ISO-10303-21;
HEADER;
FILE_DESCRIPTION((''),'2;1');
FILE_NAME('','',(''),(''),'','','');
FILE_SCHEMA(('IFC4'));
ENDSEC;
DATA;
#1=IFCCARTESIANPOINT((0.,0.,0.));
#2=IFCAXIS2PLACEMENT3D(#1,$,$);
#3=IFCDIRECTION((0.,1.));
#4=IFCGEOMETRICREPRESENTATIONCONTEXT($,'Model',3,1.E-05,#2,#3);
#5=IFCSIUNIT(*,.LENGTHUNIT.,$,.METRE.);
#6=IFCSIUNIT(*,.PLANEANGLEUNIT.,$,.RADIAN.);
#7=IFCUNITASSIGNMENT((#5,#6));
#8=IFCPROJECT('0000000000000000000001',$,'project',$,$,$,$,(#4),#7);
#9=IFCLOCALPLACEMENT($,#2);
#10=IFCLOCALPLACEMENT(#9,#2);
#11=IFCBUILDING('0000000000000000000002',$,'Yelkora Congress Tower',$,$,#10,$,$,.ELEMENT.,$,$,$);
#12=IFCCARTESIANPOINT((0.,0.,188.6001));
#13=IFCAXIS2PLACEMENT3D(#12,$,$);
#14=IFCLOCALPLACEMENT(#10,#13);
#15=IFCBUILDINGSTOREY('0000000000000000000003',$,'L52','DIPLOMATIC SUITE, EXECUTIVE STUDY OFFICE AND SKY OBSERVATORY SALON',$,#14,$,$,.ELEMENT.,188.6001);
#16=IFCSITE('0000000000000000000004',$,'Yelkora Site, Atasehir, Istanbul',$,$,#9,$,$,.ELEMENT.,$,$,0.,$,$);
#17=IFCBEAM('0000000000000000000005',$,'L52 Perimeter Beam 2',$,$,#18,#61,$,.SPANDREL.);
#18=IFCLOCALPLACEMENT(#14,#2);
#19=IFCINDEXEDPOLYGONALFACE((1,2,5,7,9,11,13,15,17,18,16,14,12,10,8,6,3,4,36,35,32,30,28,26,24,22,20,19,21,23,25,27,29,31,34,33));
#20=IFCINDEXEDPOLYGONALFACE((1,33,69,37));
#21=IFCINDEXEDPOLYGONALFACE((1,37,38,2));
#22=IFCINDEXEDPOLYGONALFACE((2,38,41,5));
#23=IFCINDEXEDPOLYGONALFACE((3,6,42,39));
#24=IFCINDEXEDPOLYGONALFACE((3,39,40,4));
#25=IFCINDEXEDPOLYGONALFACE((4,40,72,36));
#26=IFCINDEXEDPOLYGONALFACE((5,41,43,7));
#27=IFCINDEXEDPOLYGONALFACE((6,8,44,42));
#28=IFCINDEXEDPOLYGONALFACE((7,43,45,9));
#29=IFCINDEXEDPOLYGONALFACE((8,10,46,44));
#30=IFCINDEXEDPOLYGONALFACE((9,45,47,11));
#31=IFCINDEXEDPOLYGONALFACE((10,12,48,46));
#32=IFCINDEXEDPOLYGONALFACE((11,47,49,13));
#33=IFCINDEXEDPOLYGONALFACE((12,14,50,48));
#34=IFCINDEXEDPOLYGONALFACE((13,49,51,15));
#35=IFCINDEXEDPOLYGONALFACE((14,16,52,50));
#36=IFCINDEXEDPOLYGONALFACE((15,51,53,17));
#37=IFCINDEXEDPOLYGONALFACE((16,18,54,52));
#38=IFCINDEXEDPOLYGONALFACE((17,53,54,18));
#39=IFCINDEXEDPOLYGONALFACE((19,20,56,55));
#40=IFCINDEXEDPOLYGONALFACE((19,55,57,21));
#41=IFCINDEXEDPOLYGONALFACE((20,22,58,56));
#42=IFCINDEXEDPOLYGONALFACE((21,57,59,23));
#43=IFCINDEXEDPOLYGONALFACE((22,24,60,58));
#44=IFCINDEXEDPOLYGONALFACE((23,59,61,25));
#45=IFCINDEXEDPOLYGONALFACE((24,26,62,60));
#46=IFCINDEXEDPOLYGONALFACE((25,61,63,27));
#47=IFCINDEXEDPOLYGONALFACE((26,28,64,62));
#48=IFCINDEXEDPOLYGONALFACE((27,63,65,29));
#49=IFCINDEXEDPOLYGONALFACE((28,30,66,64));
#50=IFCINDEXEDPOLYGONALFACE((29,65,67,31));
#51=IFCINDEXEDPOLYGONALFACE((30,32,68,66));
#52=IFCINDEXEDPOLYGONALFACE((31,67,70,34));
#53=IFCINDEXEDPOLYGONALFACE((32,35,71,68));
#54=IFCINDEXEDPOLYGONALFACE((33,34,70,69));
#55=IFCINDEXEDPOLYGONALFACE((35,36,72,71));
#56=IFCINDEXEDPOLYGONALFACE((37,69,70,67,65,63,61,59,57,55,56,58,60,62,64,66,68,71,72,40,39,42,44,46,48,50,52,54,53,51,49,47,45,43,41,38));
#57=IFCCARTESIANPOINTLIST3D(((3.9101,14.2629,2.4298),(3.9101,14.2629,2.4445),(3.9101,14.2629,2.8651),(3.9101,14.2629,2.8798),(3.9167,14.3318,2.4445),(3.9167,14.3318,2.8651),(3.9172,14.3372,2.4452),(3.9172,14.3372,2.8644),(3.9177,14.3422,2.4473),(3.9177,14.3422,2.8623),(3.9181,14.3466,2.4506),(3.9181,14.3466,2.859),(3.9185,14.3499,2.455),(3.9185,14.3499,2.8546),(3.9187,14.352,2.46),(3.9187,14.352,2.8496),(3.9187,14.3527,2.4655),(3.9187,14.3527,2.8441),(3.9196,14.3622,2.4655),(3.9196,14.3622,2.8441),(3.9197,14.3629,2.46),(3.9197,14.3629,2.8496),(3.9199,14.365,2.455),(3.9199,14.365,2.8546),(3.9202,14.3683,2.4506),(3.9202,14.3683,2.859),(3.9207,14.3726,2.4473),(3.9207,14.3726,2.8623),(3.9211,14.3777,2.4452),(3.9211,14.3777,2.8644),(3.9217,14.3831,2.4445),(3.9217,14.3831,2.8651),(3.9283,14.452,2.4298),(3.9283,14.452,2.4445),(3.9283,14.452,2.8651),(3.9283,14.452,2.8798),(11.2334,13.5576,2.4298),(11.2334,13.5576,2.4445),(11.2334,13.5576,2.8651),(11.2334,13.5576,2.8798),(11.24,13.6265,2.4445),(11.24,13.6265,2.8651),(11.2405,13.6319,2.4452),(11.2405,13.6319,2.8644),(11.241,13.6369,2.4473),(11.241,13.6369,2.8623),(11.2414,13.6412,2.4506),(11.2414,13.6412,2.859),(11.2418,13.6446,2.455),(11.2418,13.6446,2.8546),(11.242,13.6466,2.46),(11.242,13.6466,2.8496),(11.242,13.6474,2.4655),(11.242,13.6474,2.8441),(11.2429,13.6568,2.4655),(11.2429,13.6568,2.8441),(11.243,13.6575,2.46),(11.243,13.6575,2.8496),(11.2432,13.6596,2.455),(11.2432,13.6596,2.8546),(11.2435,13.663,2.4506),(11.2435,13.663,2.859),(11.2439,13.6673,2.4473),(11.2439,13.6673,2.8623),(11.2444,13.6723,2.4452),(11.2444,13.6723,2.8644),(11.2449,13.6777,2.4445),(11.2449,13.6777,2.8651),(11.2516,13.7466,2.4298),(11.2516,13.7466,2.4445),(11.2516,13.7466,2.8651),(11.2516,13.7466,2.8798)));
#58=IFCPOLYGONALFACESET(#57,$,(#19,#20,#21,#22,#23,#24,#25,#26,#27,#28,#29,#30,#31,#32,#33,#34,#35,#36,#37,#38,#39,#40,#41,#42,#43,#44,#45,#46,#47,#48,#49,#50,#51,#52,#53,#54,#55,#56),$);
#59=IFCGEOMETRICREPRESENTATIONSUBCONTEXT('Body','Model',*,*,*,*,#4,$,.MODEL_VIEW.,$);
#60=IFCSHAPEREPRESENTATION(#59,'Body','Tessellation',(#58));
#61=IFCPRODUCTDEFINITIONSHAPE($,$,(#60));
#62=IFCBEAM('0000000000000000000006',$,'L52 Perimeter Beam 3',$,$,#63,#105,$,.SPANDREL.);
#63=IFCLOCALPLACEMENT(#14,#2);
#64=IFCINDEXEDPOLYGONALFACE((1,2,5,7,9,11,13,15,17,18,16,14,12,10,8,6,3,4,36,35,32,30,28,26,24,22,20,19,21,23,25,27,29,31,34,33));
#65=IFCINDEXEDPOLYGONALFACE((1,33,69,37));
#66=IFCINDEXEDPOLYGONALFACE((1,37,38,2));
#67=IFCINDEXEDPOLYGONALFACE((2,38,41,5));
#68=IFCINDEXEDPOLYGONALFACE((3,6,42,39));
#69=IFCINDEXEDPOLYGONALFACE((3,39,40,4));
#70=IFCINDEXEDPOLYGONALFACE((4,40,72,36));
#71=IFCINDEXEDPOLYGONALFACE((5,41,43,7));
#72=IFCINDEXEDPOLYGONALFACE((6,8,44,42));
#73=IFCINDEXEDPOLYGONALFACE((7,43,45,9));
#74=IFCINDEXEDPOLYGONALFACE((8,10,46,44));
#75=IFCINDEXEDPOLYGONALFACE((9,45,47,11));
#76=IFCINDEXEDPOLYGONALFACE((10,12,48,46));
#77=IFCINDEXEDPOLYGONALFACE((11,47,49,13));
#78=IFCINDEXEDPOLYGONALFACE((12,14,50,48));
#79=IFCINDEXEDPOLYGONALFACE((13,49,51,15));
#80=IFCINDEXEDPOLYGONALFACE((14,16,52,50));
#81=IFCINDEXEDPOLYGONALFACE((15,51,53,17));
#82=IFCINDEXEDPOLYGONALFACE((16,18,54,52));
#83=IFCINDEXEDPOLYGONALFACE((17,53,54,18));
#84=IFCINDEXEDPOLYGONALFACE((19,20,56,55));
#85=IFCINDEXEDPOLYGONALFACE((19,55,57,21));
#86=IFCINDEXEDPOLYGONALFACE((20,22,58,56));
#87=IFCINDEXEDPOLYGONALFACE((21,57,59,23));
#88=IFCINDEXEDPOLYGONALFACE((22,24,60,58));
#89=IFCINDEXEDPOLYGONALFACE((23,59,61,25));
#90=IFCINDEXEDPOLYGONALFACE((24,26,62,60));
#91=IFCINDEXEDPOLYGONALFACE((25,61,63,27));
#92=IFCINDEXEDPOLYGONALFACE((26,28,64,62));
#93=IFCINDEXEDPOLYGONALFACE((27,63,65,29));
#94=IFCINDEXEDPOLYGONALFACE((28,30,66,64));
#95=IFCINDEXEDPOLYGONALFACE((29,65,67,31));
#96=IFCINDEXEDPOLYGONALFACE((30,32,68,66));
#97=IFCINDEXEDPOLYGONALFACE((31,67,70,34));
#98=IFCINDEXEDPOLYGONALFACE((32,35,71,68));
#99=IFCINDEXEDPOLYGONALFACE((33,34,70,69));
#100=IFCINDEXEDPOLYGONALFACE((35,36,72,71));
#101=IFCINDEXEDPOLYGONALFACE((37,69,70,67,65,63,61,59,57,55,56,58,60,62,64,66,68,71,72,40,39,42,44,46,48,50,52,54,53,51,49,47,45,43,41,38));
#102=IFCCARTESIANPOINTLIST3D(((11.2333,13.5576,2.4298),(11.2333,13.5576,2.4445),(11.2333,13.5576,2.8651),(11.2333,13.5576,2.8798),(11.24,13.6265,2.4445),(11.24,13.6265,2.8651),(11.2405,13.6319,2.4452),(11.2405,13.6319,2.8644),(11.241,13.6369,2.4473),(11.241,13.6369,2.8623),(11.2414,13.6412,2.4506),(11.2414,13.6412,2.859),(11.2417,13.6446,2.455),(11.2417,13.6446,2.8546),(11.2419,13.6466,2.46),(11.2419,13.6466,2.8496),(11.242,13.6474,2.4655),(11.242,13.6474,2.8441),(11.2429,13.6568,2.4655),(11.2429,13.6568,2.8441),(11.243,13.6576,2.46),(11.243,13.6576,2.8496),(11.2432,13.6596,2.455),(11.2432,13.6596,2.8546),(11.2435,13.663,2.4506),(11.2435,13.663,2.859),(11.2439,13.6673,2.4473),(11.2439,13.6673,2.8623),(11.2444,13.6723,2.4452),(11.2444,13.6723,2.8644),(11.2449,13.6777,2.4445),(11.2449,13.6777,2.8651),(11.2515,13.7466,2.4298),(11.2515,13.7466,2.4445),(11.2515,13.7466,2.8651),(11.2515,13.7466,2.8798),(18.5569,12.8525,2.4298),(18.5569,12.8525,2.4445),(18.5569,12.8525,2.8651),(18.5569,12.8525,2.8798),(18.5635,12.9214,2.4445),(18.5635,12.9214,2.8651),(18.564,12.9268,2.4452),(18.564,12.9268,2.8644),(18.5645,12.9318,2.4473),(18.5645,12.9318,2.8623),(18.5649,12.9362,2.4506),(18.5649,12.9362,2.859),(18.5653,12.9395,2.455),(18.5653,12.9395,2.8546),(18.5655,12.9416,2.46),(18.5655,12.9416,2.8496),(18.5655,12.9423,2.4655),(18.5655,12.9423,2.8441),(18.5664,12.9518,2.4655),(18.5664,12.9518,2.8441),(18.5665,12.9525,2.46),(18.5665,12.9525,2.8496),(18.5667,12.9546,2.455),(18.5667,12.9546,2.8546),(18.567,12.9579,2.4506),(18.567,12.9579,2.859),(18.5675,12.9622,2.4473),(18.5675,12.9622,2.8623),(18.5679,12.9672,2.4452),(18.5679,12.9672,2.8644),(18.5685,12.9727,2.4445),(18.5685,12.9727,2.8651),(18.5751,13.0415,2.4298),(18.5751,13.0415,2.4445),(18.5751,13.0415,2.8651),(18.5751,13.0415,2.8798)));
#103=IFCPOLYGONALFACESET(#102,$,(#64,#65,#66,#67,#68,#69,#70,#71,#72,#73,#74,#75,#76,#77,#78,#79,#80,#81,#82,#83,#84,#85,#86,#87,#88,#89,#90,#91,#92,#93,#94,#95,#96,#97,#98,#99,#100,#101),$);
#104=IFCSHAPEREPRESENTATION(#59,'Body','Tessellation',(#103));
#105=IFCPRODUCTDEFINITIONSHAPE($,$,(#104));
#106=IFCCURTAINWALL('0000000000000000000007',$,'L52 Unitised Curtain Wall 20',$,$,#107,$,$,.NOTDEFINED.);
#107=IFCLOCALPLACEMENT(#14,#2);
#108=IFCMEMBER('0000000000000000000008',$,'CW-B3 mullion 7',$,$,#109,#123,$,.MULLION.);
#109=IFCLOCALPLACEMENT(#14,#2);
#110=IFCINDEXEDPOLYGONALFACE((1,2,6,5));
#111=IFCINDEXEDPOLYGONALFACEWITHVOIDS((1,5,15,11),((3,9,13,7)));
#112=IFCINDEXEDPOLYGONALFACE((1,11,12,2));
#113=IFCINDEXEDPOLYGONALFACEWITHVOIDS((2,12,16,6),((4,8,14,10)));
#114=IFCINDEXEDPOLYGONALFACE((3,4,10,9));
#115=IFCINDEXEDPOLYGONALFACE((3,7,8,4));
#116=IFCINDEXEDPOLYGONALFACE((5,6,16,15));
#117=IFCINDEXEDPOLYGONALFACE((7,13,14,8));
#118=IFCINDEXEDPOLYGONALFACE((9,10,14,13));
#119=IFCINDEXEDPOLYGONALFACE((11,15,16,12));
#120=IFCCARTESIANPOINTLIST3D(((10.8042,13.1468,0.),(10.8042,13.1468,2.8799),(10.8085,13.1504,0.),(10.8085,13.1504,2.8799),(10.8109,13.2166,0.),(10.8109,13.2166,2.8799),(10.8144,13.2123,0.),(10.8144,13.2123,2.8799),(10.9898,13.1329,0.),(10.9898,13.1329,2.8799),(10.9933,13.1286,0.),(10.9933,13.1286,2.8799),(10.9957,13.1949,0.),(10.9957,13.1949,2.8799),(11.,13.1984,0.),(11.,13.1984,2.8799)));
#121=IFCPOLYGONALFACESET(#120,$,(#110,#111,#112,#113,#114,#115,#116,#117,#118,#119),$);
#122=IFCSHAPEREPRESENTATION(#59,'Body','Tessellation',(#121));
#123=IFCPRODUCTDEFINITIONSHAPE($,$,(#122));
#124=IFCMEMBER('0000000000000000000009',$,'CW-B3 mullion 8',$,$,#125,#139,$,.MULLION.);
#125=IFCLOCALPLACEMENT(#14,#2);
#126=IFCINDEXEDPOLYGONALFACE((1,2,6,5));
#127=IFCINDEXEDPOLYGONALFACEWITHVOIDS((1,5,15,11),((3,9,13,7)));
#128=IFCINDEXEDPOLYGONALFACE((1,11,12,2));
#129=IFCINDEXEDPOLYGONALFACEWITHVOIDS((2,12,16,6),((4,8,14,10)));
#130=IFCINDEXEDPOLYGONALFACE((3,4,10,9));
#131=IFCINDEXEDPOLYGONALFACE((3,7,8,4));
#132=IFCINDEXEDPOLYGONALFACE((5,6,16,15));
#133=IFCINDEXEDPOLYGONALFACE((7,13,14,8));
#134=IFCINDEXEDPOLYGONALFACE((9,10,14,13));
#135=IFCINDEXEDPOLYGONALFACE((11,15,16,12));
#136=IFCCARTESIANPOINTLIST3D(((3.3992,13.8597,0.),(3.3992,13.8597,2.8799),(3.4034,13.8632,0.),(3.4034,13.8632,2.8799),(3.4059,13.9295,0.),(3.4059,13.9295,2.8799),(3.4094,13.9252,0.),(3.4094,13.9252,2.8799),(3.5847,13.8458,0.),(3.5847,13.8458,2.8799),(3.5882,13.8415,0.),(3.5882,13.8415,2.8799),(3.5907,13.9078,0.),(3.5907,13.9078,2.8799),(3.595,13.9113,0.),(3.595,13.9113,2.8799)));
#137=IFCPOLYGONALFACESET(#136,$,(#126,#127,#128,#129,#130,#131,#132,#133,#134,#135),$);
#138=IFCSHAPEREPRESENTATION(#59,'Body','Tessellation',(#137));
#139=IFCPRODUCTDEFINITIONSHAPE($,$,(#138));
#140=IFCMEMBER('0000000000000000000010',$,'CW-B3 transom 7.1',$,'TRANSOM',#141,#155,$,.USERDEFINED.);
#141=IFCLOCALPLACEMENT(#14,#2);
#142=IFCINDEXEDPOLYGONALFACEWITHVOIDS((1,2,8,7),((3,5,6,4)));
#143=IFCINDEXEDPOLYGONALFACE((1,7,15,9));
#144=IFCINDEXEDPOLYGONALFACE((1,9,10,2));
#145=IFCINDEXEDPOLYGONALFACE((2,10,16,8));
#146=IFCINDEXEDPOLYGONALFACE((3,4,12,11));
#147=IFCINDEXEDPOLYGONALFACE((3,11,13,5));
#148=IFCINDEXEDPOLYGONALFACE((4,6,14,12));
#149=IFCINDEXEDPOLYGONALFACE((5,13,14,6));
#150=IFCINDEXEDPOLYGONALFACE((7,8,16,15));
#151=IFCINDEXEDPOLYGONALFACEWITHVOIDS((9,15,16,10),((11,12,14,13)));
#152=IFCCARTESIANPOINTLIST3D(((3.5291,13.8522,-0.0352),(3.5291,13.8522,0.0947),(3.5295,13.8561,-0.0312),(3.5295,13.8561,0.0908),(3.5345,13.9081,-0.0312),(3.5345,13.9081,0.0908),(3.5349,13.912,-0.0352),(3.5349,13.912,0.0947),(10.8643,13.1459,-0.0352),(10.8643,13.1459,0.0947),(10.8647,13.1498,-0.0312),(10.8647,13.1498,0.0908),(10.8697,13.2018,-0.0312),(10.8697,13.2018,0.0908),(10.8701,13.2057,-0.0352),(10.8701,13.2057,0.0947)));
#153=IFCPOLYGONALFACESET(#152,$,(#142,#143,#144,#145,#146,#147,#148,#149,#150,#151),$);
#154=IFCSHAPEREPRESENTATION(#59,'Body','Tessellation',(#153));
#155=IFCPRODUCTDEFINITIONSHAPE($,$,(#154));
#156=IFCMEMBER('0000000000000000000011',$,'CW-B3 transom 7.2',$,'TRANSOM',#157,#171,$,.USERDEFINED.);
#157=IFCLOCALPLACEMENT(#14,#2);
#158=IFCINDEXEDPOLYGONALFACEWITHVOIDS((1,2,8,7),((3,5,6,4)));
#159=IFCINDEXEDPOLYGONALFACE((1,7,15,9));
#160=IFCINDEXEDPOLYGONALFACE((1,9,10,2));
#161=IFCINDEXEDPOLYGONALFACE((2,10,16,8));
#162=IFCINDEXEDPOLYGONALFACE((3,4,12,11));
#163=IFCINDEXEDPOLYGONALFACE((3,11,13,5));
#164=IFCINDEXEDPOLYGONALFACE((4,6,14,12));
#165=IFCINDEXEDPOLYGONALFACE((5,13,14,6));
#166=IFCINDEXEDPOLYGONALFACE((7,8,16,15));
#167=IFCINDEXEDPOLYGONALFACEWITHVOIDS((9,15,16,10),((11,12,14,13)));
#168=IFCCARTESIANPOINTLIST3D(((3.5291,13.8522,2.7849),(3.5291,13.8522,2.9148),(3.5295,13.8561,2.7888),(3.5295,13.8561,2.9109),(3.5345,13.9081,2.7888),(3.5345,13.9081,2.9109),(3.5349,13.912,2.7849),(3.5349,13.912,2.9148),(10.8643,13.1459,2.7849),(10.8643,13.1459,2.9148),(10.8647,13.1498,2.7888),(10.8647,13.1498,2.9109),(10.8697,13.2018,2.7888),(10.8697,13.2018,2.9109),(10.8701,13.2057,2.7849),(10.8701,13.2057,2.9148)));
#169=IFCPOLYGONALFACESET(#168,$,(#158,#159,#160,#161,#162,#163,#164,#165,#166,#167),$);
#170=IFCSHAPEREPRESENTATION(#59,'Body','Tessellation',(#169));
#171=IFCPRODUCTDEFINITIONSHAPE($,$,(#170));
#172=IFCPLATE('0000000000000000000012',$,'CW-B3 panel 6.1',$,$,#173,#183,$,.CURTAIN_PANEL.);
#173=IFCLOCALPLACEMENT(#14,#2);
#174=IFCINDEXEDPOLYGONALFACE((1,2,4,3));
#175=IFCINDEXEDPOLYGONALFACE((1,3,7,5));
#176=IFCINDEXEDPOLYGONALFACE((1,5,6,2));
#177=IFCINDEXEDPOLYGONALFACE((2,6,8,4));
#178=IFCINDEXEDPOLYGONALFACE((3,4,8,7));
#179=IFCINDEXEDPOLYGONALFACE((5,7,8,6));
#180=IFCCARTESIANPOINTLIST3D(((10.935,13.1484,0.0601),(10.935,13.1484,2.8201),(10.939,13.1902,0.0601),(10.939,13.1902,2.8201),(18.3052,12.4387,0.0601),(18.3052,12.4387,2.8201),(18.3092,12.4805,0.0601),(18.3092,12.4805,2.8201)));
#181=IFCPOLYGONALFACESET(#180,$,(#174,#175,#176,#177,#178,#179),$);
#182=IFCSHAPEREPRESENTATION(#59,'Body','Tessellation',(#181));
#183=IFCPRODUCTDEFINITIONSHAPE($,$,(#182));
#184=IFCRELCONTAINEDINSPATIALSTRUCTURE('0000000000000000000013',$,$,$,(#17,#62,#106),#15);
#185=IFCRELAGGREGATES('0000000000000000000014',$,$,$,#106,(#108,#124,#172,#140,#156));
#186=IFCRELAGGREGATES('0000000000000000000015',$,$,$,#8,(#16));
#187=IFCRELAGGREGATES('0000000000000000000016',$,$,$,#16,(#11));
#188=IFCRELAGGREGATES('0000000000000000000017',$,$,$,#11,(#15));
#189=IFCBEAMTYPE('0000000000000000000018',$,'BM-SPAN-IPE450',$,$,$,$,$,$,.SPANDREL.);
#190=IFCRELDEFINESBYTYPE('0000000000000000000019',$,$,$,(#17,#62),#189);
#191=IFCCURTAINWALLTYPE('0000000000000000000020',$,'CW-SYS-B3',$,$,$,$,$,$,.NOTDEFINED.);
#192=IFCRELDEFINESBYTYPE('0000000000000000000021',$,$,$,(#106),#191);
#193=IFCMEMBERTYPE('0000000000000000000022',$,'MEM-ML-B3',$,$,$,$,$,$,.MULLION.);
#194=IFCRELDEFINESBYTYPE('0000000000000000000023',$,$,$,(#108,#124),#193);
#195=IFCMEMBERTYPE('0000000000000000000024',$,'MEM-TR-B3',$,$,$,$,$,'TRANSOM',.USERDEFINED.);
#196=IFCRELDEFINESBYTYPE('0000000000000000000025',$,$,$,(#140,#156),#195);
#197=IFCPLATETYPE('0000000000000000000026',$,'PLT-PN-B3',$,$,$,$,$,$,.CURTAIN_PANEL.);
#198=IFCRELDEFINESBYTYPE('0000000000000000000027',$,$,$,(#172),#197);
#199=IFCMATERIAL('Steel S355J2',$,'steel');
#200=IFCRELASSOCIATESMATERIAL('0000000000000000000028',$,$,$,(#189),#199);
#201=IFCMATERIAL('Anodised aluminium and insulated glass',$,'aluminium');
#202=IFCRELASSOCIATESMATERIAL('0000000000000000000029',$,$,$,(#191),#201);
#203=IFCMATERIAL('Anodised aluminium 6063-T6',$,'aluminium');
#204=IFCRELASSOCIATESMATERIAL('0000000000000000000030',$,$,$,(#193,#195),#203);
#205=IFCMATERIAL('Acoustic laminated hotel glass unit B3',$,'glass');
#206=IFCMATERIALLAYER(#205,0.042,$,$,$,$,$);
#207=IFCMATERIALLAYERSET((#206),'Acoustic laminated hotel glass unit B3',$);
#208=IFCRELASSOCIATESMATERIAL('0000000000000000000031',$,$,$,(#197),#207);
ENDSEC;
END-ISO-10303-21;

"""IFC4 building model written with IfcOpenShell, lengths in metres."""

from ifc_helpers import new_model, si_unit, direction, frame, origin, origin_2d, place, context, subcontext, project, spatial, rectangle, hollow_rectangle, i_section, extrude, material, layer, layer_set, material_profile, profile_set, type_object, element, aggregate, save


model = new_model("IFC4")

# Units and contexts
model_context = context("Model", 3, precision=1e-05, world=origin(), true_north=direction((0.0, 1.0)))
body_context = subcontext(model_context, "Body", "Model", "MODEL_VIEW")
ifc_project = project(units=[si_unit("LENGTHUNIT", "METRE"), si_unit("PLANEANGLEUNIT", "RADIAN")], contexts=[model_context])

# Site, building, storey
site_placement = place(None, origin())
site = spatial("IfcSite", under=ifc_project, at=site_placement, Name="Yelkora Site, Atasehir, Istanbul", CompositionType="ELEMENT", RefElevation=0.0)
building_placement = place(site_placement, origin())
building = spatial("IfcBuilding", under=site, at=building_placement, Name="Yelkora Congress Tower", CompositionType="ELEMENT")
storey_placement = place(building_placement, frame((0.0, 0.0, 188.6001)))
storey = spatial("IfcBuildingStorey", under=building, at=storey_placement, Name="L52", Description="DIPLOMATIC SUITE, EXECUTIVE STUDY OFFICE AND SKY OBSERVATORY SALON", CompositionType="ELEMENT", Elevation=188.6001)

# Beams
ifc_material_1 = material(Name="Steel S355J2", Category="steel")
ifc_material_profile_1 = material_profile(ifc_material_1, i_section(OverallWidth=0.1899, OverallDepth=0.45, WebThickness=0.0095, FlangeThickness=0.0146, FilletRadius=0.021, at=origin_2d()), Name="IPE 450")
ifc_profile_set_1 = profile_set([ifc_material_profile_1], Name="Steel S355J2")
beam_type_1 = type_object("IfcBeamType", Name="BM-SPAN-IPE450", PredefinedType="SPANDREL", material=ifc_profile_set_1)
beam_1_placement = place(storey_placement, frame((3.9192, 14.3574, 2.6548), z_axis=(0.995394, -0.095869, 0.0), x_axis=(0.095869, 0.995394, 0.0)))
element("IfcBeam", 1, at=beam_1_placement, inside=storey, type_object=beam_type_1, Name="L52 Perimeter Beam 2", PredefinedType="SPANDREL", context=body_context, shape_type="SweptSolid", body=[
    extrude(i_section(OverallWidth=0.1899, OverallDepth=0.45, WebThickness=0.0095, FlangeThickness=0.0146, FilletRadius=0.021, at=origin_2d()), origin(), (0.0, 0.0, 1.0), 7.3572),
])
beam_2_placement = place(storey_placement, frame((11.2424, 13.6521, 2.6548), z_axis=(0.995397, -0.095833, 0.0), x_axis=(0.095833, 0.995397, 0.0)))
element("IfcBeam", 2, at=beam_2_placement, inside=storey, type_object=beam_type_1, Name="L52 Perimeter Beam 3", PredefinedType="SPANDREL", context=body_context, shape_type="SweptSolid", body=[
    extrude(i_section(OverallWidth=0.1899, OverallDepth=0.45, WebThickness=0.0095, FlangeThickness=0.0146, FilletRadius=0.021, at=origin_2d()), origin(), (0.0, 0.0, 1.0), 7.3574),
])

# Curtain wall, members, plate
ifc_material_2 = material(Name="Anodised aluminium and insulated glass", Category="aluminium")
curtain_wall_type = type_object("IfcCurtainWallType", Name="CW-SYS-B3", PredefinedType="NOTDEFINED", material=ifc_material_2)
curtain_wall_placement = place(storey_placement, origin())
curtain_wall = element("IfcCurtainWall", 3, at=curtain_wall_placement, inside=storey, type_object=curtain_wall_type, Name="L52 Unitised Curtain Wall 20", PredefinedType="NOTDEFINED")
ifc_material_3 = material(Name="Anodised aluminium 6063-T6", Category="aluminium")
ifc_material_profile_2 = material_profile(ifc_material_3, hollow_rectangle(XDim=0.0701, YDim=0.1899, WallThickness=0.0039, at=origin_2d()), Name="ALU 70x190x4")
ifc_profile_set_2 = profile_set([ifc_material_profile_2], Name="Anodised aluminium 6063-T6")
member_type_1 = type_object("IfcMemberType", Name="MEM-ML-B3", PredefinedType="MULLION", material=ifc_profile_set_2)
member_1_placement = place(storey_placement, frame((10.9021, 13.1726, 0.0), z_axis=(0.0, 0.0, 1.0), x_axis=(-0.095845, -0.995396, 0.0)))
member_1 = element("IfcMember", 4, at=member_1_placement, type_object=member_type_1, Name="CW-B3 mullion 7", PredefinedType="MULLION", context=body_context, shape_type="SweptSolid", body=[
    extrude(hollow_rectangle(XDim=0.0701, YDim=0.1899, WallThickness=0.0039, at=origin_2d()), origin(), (0.0, 0.0, 1.0), 2.8799),
])
member_2_placement = place(storey_placement, frame((3.4971, 13.8855, 0.0), z_axis=(0.0, 0.0, 1.0), x_axis=(-0.095845, -0.995396, 0.0)))
member_2 = element("IfcMember", 5, at=member_2_placement, type_object=member_type_1, Name="CW-B3 mullion 8", PredefinedType="MULLION", context=body_context, shape_type="SweptSolid", body=[
    extrude(hollow_rectangle(XDim=0.0701, YDim=0.1899, WallThickness=0.0039, at=origin_2d()), origin(), (0.0, 0.0, 1.0), 2.8799),
])
ifc_material_profile_3 = material_profile(ifc_material_3, hollow_rectangle(XDim=0.0601, YDim=0.1299, WallThickness=0.0039, at=origin_2d()), Name="ALU 60x130x4")
ifc_profile_set_3 = profile_set([ifc_material_profile_3], Name="Anodised aluminium 6063-T6")
member_type_2 = type_object("IfcMemberType", Name="MEM-TR-B3", ElementType="TRANSOM", PredefinedType="USERDEFINED", material=ifc_profile_set_3)
member_3_placement = place(storey_placement, frame((10.8672, 13.1758, 0.0298), z_axis=(-0.995396, 0.095846, 0.0), x_axis=(-0.095846, -0.995396, 0.0)))
member_3 = element("IfcMember", 6, at=member_3_placement, type_object=member_type_2, Name="CW-B3 transom 7.1", ObjectType="TRANSOM", PredefinedType="USERDEFINED", context=body_context, shape_type="SweptSolid", body=[
    extrude(hollow_rectangle(XDim=0.0601, YDim=0.1299, WallThickness=0.0039, at=origin_2d()), origin(), (0.0, 0.0, 1.0), 7.3691),
])
member_4_placement = place(storey_placement, frame((10.8672, 13.1758, 2.8499), z_axis=(-0.995396, 0.095846, 0.0), x_axis=(-0.095846, -0.995396, 0.0)))
member_4 = element("IfcMember", 7, at=member_4_placement, type_object=member_type_2, Name="CW-B3 transom 7.2", ObjectType="TRANSOM", PredefinedType="USERDEFINED", context=body_context, shape_type="SweptSolid", body=[
    extrude(hollow_rectangle(XDim=0.0601, YDim=0.1299, WallThickness=0.0039, at=origin_2d()), origin(), (0.0, 0.0, 1.0), 7.3691),
])
ifc_material_4 = material(Name="Acoustic laminated hotel glass unit B3", Category="glass")
ifc_layer_1 = layer(ifc_material_4, 0.042)
ifc_layer_set_1 = layer_set([ifc_layer_1], Name="Acoustic laminated hotel glass unit B3")
plate_type = type_object("IfcPlateType", Name="PLT-PN-B3", PredefinedType="CURTAIN_PANEL", material=ifc_layer_set_1)
plate_1_placement = place(storey_placement, frame((14.6221, 12.8145, 0.0601), z_axis=(0.0, 0.0, 1.0), x_axis=(-0.995396, 0.095845, 0.0)))
plate_1 = element("IfcPlate", 8, at=plate_1_placement, type_object=plate_type, Name="CW-B3 panel 6.1", PredefinedType="CURTAIN_PANEL", context=body_context, shape_type="SweptSolid", body=[
    extrude(rectangle(XDim=7.4043, YDim=0.042, at=origin_2d()), origin(), (0.0, 0.0, 1.0), 2.76),
])
aggregate(curtain_wall, [member_1, member_2, plate_1, member_3, member_4])

save(model, "model.ifc")
